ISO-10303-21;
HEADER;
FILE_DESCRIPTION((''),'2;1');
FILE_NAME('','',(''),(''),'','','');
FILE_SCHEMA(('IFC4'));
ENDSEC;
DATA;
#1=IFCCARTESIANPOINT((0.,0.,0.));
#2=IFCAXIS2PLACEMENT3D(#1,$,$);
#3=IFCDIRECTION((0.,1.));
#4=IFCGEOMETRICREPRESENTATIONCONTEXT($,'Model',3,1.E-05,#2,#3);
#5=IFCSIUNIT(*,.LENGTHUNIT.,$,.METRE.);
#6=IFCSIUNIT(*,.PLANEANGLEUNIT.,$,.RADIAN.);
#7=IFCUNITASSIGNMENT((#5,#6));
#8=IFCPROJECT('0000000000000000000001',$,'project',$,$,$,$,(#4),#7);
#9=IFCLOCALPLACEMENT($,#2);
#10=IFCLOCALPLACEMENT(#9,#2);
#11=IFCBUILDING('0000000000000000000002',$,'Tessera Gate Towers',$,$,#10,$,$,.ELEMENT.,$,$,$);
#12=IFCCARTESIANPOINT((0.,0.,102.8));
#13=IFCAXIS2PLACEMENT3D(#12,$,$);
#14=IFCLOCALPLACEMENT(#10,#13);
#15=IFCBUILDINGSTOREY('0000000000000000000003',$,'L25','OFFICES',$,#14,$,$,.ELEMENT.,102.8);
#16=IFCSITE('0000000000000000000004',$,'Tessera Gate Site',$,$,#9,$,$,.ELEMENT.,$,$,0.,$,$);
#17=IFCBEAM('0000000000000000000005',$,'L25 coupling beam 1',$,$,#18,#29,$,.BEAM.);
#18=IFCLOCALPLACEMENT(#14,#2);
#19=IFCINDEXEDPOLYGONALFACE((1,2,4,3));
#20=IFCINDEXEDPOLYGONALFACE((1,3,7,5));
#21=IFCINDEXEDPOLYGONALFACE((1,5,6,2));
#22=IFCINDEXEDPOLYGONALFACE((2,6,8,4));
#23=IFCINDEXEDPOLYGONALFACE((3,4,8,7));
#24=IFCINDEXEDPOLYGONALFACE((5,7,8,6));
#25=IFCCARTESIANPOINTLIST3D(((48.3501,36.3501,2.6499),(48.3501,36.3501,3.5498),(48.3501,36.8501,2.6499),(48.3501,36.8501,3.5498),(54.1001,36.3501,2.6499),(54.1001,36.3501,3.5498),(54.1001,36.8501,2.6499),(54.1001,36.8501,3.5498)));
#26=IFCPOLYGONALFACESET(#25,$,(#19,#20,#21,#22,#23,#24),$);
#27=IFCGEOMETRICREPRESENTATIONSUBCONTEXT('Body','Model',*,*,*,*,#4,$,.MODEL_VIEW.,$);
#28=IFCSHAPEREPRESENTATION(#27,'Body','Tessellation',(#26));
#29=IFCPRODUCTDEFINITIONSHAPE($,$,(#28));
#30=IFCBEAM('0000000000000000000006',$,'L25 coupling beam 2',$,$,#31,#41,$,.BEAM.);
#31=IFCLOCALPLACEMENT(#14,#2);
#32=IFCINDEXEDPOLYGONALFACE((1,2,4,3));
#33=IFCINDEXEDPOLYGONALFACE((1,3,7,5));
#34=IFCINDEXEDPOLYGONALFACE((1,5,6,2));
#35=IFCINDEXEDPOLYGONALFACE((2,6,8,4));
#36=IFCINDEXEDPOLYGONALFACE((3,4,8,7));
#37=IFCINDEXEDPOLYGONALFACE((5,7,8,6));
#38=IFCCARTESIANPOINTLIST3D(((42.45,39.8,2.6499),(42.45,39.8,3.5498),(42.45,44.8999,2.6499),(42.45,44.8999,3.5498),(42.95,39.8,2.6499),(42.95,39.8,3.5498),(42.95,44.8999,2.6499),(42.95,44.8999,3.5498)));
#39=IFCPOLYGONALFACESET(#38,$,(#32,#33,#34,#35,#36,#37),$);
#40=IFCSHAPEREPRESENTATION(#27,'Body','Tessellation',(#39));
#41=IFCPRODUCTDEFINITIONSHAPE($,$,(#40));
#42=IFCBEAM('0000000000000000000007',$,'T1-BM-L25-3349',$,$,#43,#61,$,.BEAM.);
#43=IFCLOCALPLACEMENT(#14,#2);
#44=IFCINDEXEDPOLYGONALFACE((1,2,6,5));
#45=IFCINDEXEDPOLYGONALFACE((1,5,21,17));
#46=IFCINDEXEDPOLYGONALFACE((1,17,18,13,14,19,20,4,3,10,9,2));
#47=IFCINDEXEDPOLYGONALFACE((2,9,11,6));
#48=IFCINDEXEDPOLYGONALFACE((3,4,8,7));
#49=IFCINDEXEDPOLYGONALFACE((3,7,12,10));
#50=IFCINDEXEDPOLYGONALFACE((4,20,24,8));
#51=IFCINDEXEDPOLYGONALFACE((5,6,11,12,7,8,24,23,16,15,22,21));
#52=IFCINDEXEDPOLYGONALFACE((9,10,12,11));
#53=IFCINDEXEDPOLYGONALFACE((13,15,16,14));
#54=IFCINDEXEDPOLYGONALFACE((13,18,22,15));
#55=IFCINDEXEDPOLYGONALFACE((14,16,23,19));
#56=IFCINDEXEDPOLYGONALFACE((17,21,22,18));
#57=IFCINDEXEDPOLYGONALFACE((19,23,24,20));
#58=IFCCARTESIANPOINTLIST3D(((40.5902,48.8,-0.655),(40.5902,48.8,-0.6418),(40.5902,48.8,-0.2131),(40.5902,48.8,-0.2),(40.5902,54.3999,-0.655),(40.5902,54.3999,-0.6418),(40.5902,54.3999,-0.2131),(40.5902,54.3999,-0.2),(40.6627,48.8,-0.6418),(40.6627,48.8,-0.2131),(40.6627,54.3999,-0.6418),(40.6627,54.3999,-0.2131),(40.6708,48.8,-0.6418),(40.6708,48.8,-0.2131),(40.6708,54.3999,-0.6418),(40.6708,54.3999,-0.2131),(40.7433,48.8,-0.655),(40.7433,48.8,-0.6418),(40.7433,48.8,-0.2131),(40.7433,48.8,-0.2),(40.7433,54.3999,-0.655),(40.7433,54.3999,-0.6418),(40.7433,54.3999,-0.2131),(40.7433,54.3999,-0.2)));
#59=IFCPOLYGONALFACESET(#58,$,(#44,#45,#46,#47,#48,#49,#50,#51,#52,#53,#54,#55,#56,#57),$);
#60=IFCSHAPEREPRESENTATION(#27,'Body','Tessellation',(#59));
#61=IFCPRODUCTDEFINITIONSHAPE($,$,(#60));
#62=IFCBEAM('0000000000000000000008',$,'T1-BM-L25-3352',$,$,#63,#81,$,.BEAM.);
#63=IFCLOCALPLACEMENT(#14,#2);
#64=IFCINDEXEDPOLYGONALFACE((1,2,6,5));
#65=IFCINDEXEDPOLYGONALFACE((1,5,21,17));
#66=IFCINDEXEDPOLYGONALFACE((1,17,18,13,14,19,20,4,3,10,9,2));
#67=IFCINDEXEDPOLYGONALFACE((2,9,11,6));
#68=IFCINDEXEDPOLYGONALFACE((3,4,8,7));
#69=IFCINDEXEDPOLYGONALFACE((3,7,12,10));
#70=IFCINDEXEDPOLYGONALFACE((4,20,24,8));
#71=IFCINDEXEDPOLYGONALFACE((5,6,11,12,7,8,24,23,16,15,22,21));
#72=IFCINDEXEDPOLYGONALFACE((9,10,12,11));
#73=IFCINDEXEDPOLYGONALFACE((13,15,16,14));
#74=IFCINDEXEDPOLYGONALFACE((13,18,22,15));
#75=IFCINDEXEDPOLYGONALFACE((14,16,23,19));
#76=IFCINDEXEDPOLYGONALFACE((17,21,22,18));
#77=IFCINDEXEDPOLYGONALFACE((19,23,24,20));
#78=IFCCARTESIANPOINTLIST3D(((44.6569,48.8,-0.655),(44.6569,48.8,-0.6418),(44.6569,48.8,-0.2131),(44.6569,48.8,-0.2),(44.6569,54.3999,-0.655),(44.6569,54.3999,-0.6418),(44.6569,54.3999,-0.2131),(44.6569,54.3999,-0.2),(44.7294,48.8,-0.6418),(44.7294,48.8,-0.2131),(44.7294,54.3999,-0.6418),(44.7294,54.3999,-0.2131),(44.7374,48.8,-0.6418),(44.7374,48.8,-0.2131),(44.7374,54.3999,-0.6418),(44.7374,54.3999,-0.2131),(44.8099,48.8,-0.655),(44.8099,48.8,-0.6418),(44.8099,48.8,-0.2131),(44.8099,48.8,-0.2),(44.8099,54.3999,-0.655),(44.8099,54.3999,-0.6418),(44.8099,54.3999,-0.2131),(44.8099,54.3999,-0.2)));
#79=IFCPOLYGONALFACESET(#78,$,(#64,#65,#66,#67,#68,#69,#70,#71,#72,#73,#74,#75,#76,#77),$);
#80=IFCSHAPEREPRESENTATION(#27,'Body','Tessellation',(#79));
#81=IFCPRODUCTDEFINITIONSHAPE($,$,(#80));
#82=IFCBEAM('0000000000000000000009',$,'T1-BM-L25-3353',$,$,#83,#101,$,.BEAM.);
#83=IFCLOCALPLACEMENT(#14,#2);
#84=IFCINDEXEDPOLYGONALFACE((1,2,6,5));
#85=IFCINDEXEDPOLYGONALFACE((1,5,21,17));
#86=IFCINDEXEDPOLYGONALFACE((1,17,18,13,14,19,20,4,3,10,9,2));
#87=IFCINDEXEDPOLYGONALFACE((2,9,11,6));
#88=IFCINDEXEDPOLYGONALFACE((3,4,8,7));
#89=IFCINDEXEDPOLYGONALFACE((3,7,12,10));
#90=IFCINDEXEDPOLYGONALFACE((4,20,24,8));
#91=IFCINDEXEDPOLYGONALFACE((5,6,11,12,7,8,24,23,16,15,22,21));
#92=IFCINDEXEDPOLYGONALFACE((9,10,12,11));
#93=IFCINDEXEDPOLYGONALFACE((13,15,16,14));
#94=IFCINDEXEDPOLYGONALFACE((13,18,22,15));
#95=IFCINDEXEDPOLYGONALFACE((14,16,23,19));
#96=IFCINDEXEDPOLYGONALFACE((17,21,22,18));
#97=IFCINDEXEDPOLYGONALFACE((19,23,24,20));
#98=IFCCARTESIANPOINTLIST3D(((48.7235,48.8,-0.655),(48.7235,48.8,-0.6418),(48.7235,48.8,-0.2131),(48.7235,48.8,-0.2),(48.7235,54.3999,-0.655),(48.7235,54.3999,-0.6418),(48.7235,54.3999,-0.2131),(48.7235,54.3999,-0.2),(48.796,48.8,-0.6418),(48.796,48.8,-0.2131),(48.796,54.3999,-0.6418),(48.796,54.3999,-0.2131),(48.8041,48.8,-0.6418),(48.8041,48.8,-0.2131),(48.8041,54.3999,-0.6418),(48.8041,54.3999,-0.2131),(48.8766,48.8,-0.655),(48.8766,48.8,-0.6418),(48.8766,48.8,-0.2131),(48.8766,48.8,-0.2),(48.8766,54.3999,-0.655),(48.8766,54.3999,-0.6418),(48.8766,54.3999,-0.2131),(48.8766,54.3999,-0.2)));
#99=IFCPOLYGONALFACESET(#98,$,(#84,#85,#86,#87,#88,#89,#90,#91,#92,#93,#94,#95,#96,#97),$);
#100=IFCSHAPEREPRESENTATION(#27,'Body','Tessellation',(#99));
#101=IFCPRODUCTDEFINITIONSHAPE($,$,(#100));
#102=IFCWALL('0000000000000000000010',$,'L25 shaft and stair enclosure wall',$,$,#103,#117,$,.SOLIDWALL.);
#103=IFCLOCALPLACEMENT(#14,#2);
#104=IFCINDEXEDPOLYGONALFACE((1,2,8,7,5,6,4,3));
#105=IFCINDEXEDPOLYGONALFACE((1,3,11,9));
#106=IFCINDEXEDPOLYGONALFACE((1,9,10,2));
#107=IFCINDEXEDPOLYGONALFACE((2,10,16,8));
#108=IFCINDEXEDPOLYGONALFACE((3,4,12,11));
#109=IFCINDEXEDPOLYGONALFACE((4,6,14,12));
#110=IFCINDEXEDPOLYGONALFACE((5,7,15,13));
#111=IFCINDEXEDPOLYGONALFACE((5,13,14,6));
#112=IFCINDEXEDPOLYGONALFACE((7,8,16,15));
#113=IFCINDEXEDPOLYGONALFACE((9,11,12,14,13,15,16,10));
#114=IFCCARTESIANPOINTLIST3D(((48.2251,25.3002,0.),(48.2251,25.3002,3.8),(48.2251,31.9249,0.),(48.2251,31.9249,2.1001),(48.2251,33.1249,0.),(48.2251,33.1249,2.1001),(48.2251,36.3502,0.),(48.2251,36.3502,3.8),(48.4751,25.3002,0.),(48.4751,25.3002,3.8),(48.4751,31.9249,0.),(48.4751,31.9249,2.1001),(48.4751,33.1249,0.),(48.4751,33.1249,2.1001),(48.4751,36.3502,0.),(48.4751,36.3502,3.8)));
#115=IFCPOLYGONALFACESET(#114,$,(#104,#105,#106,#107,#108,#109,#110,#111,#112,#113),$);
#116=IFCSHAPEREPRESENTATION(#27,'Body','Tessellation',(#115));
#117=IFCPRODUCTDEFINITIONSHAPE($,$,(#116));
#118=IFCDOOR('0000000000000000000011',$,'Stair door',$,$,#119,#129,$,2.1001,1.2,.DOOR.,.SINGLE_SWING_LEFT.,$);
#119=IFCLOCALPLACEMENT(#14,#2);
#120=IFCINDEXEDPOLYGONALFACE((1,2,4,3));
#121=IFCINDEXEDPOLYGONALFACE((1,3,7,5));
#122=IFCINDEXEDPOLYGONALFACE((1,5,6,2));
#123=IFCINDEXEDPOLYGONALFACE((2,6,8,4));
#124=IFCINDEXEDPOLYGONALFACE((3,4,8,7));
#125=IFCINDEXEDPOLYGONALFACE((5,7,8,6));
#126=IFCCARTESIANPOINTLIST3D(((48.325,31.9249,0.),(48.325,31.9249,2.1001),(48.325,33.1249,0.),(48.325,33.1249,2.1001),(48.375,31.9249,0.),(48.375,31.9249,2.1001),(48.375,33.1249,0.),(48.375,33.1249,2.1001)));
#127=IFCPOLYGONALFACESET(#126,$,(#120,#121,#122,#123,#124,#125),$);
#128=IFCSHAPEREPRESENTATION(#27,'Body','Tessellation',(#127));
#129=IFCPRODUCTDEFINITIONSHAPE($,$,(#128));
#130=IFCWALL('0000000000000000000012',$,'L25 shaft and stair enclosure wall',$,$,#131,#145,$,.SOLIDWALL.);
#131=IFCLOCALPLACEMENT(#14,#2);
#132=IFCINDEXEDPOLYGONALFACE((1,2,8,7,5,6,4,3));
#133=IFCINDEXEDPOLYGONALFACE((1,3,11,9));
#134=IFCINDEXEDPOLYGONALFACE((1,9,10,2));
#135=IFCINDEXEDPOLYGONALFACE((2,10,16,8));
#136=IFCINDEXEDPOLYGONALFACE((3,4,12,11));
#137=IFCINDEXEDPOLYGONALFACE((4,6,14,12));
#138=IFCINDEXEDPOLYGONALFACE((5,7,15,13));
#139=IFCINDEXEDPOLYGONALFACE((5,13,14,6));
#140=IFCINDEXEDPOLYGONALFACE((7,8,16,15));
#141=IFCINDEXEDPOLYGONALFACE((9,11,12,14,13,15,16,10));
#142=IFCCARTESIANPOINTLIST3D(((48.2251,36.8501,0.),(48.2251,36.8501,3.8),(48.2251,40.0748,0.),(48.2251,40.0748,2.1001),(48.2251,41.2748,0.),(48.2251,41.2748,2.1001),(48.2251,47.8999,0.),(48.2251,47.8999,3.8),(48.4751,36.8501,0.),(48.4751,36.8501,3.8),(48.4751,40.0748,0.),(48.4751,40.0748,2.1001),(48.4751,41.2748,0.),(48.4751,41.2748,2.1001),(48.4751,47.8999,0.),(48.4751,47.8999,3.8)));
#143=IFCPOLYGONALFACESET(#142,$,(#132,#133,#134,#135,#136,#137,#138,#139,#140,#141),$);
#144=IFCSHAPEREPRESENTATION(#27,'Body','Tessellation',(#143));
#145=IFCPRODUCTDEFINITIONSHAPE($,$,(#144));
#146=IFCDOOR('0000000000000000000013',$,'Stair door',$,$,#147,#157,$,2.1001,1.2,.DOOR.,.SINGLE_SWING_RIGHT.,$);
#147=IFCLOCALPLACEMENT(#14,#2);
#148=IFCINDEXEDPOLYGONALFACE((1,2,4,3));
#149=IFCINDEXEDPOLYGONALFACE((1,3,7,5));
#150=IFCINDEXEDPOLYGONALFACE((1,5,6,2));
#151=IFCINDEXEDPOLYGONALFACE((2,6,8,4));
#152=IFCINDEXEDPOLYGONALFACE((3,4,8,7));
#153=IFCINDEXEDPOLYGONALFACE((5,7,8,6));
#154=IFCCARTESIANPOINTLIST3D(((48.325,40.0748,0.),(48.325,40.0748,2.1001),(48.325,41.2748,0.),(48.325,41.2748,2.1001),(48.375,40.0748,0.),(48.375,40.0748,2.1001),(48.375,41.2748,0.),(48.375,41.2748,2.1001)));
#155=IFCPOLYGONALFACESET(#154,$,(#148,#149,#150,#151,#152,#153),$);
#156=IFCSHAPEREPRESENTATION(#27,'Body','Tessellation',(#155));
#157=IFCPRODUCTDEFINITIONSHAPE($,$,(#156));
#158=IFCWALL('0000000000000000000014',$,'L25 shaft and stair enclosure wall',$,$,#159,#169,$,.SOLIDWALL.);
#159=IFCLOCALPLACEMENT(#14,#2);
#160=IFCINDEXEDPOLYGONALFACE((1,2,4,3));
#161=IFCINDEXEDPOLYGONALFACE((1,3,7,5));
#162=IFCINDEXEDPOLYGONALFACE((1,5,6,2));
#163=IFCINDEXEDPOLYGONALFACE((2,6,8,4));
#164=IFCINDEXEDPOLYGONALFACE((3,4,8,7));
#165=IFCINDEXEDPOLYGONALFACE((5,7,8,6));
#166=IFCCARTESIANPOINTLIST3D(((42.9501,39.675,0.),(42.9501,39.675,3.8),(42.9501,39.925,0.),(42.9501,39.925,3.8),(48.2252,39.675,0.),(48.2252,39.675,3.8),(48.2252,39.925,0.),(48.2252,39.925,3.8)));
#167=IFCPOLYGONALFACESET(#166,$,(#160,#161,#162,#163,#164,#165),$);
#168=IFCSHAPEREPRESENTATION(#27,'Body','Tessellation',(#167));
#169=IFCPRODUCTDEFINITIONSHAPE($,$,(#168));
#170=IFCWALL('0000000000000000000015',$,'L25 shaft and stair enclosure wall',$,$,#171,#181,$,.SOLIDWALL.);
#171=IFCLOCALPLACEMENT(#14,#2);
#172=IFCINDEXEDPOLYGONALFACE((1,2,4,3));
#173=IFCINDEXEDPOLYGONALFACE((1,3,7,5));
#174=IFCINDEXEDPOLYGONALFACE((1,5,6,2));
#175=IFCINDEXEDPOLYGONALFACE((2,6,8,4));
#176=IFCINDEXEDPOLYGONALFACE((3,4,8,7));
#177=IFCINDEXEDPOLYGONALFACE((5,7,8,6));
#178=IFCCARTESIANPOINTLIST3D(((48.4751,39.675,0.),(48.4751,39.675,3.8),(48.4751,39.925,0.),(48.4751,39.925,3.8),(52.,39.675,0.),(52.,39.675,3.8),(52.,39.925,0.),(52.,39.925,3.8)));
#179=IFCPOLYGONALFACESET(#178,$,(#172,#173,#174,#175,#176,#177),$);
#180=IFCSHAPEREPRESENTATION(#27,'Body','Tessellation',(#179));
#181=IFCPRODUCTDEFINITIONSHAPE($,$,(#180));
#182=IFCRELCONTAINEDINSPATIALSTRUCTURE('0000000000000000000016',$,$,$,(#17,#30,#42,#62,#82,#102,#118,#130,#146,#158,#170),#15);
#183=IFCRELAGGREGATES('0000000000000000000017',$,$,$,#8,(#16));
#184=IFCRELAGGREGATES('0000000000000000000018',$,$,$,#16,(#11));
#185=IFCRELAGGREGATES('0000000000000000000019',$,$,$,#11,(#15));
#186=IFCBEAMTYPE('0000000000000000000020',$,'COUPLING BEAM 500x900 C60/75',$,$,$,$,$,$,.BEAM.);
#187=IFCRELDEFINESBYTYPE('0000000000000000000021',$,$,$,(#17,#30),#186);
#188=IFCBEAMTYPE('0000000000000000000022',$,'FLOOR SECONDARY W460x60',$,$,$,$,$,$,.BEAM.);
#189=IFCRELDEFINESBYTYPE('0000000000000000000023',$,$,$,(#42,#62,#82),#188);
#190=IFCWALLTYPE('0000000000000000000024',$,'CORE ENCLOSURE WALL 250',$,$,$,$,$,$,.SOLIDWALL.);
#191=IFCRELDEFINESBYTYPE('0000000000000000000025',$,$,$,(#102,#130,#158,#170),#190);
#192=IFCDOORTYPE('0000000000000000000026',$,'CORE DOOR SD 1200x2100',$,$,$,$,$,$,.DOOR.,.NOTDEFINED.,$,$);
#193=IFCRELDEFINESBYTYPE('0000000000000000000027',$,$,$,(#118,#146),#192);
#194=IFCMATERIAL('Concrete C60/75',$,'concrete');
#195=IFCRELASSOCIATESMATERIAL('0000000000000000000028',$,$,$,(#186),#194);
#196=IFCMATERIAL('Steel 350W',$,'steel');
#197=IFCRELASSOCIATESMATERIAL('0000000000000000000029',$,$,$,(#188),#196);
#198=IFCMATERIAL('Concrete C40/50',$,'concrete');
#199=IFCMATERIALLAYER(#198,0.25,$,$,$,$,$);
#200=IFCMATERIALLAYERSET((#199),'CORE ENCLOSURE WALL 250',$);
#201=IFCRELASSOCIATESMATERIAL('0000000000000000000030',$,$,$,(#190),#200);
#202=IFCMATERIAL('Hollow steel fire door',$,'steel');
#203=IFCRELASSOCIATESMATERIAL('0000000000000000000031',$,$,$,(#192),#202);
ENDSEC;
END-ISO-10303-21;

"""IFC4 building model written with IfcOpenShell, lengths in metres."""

from ifc_helpers import new_model, si_unit, direction, frame, frame_2d, origin, origin_2d, place, context, subcontext, project, spatial, rectangle, i_section, extrude, source, transform, mapped, material, layer, layer_set, material_profile, profile_set, type_object, element, fill, save


model = new_model("IFC4")

# Units and contexts
model_context = context("Model", 3, precision=1e-05, world=origin(), true_north=direction((0.0, 1.0)))
body_context = subcontext(model_context, "Body", "Model", "MODEL_VIEW")
ifc_project = project(units=[si_unit("LENGTHUNIT", "METRE"), si_unit("PLANEANGLEUNIT", "RADIAN")], contexts=[model_context])

# Site, building, storey
site_placement = place(None, origin())
site = spatial("IfcSite", under=ifc_project, at=site_placement, Name="Tessera Gate Site", CompositionType="ELEMENT", RefElevation=0.0)
building_placement = place(site_placement, origin())
building = spatial("IfcBuilding", under=site, at=building_placement, Name="Tessera Gate Towers", CompositionType="ELEMENT")
storey_placement = place(building_placement, frame((0.0, 0.0, 102.8)))
storey = spatial("IfcBuildingStorey", under=building, at=storey_placement, Name="L25", Description="OFFICES", CompositionType="ELEMENT", Elevation=102.8)

# Beams
ifc_material_1 = material(Name="Concrete C60/75", Category="concrete")
ifc_material_profile_1 = material_profile(ifc_material_1, rectangle(XDim=0.5, YDim=0.8999, at=origin_2d()), Name="RC 500x900")
ifc_profile_set_1 = profile_set([ifc_material_profile_1], Name="Concrete C60/75")
beam_type_1 = type_object("IfcBeamType", Name="COUPLING BEAM 500x900 C60/75", PredefinedType="BEAM", material=ifc_profile_set_1)
beam_1_placement = place(storey_placement, frame((48.3501, 36.6001, 3.0999), z_axis=(1.0, 0.0, 0.0), x_axis=(0.0, 1.0, 0.0)))
element("IfcBeam", 1, at=beam_1_placement, inside=storey, type_object=beam_type_1, Name="L25 coupling beam 1", PredefinedType="BEAM", context=body_context, shape_type="SweptSolid", body=[
    extrude(rectangle(XDim=0.5, YDim=0.8999, at=origin_2d()), origin(), (0.0, 0.0, 1.0), 5.75),
])
beam_2_placement = place(storey_placement, frame((42.7, 39.8, 3.0999), z_axis=(0.0, 1.0, 0.0), x_axis=(-1.0, 0.0, 0.0)))
element("IfcBeam", 2, at=beam_2_placement, inside=storey, type_object=beam_type_1, Name="L25 coupling beam 2", PredefinedType="BEAM", context=body_context, shape_type="SweptSolid", body=[
    extrude(rectangle(XDim=0.5, YDim=0.8999, at=origin_2d()), origin(), (0.0, 0.0, 1.0), 5.0999),
])
ifc_material_2 = material(Name="Steel 350W", Category="steel")
ifc_material_profile_2 = material_profile(ifc_material_2, i_section(OverallWidth=0.1531, OverallDepth=0.4551, WebThickness=0.0081, FlangeThickness=0.0132, at=origin_2d()), Name="W460x60")
ifc_profile_set_2 = profile_set([ifc_material_profile_2], Name="Steel 350W")
beam_type_2 = type_object("IfcBeamType", Name="FLOOR SECONDARY W460x60", PredefinedType="BEAM", material=ifc_profile_set_2)
for number, where, z_axis, x_axis, name in (
    (3, (40.6667, 48.8, -0.4275), (0.0, 1.0, 0.0), (-1.0, 0.0, 0.0), "T1-BM-L25-3349"),
    (4, (44.7334, 48.8, -0.4275), (0.0, 1.0, 0.0), (-1.0, 0.0, 0.0), "T1-BM-L25-3352"),
    (5, (48.8, 48.8, -0.4275), (0.0, 1.0, 0.0), (-1.0, 0.0, 0.0), "T1-BM-L25-3353"),
):
    element("IfcBeam", number, at=place(storey_placement, frame(where, z_axis=z_axis, x_axis=x_axis)), inside=storey, type_object=beam_type_2, Name=name, PredefinedType="BEAM", context=body_context, shape_type="SweptSolid", body=[
        extrude(i_section(OverallWidth=0.1531, OverallDepth=0.4551, WebThickness=0.0081, FlangeThickness=0.0132, at=origin_2d()), origin(), (0.0, 0.0, 1.0), 5.5999),
    ])

# Walls, openings, doors
ifc_material_3 = material(Name="Concrete C40/50", Category="concrete")
ifc_layer_1 = layer(ifc_material_3, 0.25)
ifc_layer_set_1 = layer_set([ifc_layer_1], Name="CORE ENCLOSURE WALL 250")
wall_type_1 = type_object("IfcWallType", Name="CORE ENCLOSURE WALL 250", PredefinedType="SOLIDWALL", material=ifc_layer_set_1)
wall_1_placement = place(storey_placement, frame((48.3501, 36.3501, 0.0), z_axis=(0.0, 0.0, 1.0), x_axis=(0.0, -1.0, 0.0)))
wall_1 = element("IfcWall", 6, at=wall_1_placement, inside=storey, type_object=wall_type_1, Name="L25 shaft and stair enclosure wall", PredefinedType="SOLIDWALL", context=body_context, shape_type="SweptSolid", body=[
    extrude(rectangle(XDim=11.05, YDim=0.25, at=frame_2d((5.5249, 0.0))), origin(), (0.0, 0.0, 1.0), 3.8),
])
shared_shape_1 = source(origin(), body_context, "Body", "SweptSolid", [
    extrude(rectangle(XDim=1.2, YDim=2.1001, at=frame_2d((0.6001, 1.05))), frame((0.0, 0.135, 0.0), z_axis=(0.0, -1.0, 0.0), x_axis=(1.0, 0.0, 0.0)), (0.0, 0.0, 1.0), 0.27),
])
opening_1_placement = place(wall_1_placement, frame((3.2251, 0.0, 0.0)))
opening_1 = element("IfcOpeningElement", 7, at=opening_1_placement, cuts=wall_1, PredefinedType="OPENING", context=body_context, shape_type="MappedRepresentation", body=[
    mapped(shared_shape_1, transform((0.0, 0.0, 0.0), scale=1.0)),
])
ifc_material_4 = material(Name="Hollow steel fire door", Category="steel")
door_type_1 = type_object("IfcDoorType", Name="CORE DOOR SD 1200x2100", OperationType="NOTDEFINED", PredefinedType="DOOR", material=ifc_material_4)
shared_shape_2 = source(origin(), body_context, "Body", "SweptSolid", [
    extrude(rectangle(XDim=1.2, YDim=2.1001, at=frame_2d((0.6001, 1.05))), frame((0.0, 0.0249, 0.0), z_axis=(0.0, -1.0, 0.0), x_axis=(1.0, 0.0, 0.0)), (0.0, 0.0, 1.0), 0.05),
])
door_1_placement = place(opening_1_placement, origin())
door_1 = element("IfcDoor", 8, at=door_1_placement, inside=storey, type_object=door_type_1, Name="Stair door", OperationType="SINGLE_SWING_LEFT", OverallHeight=2.1001, OverallWidth=1.2, PredefinedType="DOOR", context=body_context, shape_type="MappedRepresentation", body=[
    mapped(shared_shape_2, transform((0.0, 0.0, 0.0), scale=1.0)),
])
fill(opening_1, door_1)
wall_2_placement = place(storey_placement, frame((48.3501, 47.8999, 0.0), z_axis=(0.0, 0.0, 1.0), x_axis=(0.0, -1.0, 0.0)))
wall_2 = element("IfcWall", 9, at=wall_2_placement, inside=storey, type_object=wall_type_1, Name="L25 shaft and stair enclosure wall", PredefinedType="SOLIDWALL", context=body_context, shape_type="SweptSolid", body=[
    extrude(rectangle(XDim=11.0498, YDim=0.25, at=frame_2d((5.5249, 0.0))), origin(), (0.0, 0.0, 1.0), 3.8),
])
opening_2_placement = place(wall_2_placement, frame((6.625, 0.0, 0.0)))
opening_2 = element("IfcOpeningElement", 10, at=opening_2_placement, cuts=wall_2, PredefinedType="OPENING", context=body_context, shape_type="MappedRepresentation", body=[
    mapped(shared_shape_1, transform((0.0, 0.0, 0.0), scale=1.0)),
])
door_2_placement = place(opening_2_placement, origin())
door_2 = element("IfcDoor", 11, at=door_2_placement, inside=storey, type_object=door_type_1, Name="Stair door", OperationType="SINGLE_SWING_RIGHT", OverallHeight=2.1001, OverallWidth=1.2, PredefinedType="DOOR", context=body_context, shape_type="MappedRepresentation", body=[
    mapped(shared_shape_2, transform((0.0, 0.0, 0.0), scale=1.0)),
])
fill(opening_2, door_2)

# Walls
wall_3_placement = place(storey_placement, frame((42.95, 39.8, 0.0), z_axis=(0.0, 0.0, 1.0), x_axis=(1.0, 0.0, 0.0)))
element("IfcWall", 12, at=wall_3_placement, inside=storey, type_object=wall_type_1, Name="L25 shaft and stair enclosure wall", PredefinedType="SOLIDWALL", context=body_context, shape_type="SweptSolid", body=[
    extrude(rectangle(XDim=5.2751, YDim=0.25, at=frame_2d((2.6377, 0.0))), origin(), (0.0, 0.0, 1.0), 3.8),
])
wall_4_placement = place(storey_placement, frame((48.4751, 39.8, 0.0), z_axis=(0.0, 0.0, 1.0), x_axis=(1.0, 0.0, 0.0)))
element("IfcWall", 13, at=wall_4_placement, inside=storey, type_object=wall_type_1, Name="L25 shaft and stair enclosure wall", PredefinedType="SOLIDWALL", context=body_context, shape_type="SweptSolid", body=[
    extrude(rectangle(XDim=3.5249, YDim=0.25, at=frame_2d((1.7625, 0.0))), origin(), (0.0, 0.0, 1.0), 3.8),
])

save(model, "model.ifc")
